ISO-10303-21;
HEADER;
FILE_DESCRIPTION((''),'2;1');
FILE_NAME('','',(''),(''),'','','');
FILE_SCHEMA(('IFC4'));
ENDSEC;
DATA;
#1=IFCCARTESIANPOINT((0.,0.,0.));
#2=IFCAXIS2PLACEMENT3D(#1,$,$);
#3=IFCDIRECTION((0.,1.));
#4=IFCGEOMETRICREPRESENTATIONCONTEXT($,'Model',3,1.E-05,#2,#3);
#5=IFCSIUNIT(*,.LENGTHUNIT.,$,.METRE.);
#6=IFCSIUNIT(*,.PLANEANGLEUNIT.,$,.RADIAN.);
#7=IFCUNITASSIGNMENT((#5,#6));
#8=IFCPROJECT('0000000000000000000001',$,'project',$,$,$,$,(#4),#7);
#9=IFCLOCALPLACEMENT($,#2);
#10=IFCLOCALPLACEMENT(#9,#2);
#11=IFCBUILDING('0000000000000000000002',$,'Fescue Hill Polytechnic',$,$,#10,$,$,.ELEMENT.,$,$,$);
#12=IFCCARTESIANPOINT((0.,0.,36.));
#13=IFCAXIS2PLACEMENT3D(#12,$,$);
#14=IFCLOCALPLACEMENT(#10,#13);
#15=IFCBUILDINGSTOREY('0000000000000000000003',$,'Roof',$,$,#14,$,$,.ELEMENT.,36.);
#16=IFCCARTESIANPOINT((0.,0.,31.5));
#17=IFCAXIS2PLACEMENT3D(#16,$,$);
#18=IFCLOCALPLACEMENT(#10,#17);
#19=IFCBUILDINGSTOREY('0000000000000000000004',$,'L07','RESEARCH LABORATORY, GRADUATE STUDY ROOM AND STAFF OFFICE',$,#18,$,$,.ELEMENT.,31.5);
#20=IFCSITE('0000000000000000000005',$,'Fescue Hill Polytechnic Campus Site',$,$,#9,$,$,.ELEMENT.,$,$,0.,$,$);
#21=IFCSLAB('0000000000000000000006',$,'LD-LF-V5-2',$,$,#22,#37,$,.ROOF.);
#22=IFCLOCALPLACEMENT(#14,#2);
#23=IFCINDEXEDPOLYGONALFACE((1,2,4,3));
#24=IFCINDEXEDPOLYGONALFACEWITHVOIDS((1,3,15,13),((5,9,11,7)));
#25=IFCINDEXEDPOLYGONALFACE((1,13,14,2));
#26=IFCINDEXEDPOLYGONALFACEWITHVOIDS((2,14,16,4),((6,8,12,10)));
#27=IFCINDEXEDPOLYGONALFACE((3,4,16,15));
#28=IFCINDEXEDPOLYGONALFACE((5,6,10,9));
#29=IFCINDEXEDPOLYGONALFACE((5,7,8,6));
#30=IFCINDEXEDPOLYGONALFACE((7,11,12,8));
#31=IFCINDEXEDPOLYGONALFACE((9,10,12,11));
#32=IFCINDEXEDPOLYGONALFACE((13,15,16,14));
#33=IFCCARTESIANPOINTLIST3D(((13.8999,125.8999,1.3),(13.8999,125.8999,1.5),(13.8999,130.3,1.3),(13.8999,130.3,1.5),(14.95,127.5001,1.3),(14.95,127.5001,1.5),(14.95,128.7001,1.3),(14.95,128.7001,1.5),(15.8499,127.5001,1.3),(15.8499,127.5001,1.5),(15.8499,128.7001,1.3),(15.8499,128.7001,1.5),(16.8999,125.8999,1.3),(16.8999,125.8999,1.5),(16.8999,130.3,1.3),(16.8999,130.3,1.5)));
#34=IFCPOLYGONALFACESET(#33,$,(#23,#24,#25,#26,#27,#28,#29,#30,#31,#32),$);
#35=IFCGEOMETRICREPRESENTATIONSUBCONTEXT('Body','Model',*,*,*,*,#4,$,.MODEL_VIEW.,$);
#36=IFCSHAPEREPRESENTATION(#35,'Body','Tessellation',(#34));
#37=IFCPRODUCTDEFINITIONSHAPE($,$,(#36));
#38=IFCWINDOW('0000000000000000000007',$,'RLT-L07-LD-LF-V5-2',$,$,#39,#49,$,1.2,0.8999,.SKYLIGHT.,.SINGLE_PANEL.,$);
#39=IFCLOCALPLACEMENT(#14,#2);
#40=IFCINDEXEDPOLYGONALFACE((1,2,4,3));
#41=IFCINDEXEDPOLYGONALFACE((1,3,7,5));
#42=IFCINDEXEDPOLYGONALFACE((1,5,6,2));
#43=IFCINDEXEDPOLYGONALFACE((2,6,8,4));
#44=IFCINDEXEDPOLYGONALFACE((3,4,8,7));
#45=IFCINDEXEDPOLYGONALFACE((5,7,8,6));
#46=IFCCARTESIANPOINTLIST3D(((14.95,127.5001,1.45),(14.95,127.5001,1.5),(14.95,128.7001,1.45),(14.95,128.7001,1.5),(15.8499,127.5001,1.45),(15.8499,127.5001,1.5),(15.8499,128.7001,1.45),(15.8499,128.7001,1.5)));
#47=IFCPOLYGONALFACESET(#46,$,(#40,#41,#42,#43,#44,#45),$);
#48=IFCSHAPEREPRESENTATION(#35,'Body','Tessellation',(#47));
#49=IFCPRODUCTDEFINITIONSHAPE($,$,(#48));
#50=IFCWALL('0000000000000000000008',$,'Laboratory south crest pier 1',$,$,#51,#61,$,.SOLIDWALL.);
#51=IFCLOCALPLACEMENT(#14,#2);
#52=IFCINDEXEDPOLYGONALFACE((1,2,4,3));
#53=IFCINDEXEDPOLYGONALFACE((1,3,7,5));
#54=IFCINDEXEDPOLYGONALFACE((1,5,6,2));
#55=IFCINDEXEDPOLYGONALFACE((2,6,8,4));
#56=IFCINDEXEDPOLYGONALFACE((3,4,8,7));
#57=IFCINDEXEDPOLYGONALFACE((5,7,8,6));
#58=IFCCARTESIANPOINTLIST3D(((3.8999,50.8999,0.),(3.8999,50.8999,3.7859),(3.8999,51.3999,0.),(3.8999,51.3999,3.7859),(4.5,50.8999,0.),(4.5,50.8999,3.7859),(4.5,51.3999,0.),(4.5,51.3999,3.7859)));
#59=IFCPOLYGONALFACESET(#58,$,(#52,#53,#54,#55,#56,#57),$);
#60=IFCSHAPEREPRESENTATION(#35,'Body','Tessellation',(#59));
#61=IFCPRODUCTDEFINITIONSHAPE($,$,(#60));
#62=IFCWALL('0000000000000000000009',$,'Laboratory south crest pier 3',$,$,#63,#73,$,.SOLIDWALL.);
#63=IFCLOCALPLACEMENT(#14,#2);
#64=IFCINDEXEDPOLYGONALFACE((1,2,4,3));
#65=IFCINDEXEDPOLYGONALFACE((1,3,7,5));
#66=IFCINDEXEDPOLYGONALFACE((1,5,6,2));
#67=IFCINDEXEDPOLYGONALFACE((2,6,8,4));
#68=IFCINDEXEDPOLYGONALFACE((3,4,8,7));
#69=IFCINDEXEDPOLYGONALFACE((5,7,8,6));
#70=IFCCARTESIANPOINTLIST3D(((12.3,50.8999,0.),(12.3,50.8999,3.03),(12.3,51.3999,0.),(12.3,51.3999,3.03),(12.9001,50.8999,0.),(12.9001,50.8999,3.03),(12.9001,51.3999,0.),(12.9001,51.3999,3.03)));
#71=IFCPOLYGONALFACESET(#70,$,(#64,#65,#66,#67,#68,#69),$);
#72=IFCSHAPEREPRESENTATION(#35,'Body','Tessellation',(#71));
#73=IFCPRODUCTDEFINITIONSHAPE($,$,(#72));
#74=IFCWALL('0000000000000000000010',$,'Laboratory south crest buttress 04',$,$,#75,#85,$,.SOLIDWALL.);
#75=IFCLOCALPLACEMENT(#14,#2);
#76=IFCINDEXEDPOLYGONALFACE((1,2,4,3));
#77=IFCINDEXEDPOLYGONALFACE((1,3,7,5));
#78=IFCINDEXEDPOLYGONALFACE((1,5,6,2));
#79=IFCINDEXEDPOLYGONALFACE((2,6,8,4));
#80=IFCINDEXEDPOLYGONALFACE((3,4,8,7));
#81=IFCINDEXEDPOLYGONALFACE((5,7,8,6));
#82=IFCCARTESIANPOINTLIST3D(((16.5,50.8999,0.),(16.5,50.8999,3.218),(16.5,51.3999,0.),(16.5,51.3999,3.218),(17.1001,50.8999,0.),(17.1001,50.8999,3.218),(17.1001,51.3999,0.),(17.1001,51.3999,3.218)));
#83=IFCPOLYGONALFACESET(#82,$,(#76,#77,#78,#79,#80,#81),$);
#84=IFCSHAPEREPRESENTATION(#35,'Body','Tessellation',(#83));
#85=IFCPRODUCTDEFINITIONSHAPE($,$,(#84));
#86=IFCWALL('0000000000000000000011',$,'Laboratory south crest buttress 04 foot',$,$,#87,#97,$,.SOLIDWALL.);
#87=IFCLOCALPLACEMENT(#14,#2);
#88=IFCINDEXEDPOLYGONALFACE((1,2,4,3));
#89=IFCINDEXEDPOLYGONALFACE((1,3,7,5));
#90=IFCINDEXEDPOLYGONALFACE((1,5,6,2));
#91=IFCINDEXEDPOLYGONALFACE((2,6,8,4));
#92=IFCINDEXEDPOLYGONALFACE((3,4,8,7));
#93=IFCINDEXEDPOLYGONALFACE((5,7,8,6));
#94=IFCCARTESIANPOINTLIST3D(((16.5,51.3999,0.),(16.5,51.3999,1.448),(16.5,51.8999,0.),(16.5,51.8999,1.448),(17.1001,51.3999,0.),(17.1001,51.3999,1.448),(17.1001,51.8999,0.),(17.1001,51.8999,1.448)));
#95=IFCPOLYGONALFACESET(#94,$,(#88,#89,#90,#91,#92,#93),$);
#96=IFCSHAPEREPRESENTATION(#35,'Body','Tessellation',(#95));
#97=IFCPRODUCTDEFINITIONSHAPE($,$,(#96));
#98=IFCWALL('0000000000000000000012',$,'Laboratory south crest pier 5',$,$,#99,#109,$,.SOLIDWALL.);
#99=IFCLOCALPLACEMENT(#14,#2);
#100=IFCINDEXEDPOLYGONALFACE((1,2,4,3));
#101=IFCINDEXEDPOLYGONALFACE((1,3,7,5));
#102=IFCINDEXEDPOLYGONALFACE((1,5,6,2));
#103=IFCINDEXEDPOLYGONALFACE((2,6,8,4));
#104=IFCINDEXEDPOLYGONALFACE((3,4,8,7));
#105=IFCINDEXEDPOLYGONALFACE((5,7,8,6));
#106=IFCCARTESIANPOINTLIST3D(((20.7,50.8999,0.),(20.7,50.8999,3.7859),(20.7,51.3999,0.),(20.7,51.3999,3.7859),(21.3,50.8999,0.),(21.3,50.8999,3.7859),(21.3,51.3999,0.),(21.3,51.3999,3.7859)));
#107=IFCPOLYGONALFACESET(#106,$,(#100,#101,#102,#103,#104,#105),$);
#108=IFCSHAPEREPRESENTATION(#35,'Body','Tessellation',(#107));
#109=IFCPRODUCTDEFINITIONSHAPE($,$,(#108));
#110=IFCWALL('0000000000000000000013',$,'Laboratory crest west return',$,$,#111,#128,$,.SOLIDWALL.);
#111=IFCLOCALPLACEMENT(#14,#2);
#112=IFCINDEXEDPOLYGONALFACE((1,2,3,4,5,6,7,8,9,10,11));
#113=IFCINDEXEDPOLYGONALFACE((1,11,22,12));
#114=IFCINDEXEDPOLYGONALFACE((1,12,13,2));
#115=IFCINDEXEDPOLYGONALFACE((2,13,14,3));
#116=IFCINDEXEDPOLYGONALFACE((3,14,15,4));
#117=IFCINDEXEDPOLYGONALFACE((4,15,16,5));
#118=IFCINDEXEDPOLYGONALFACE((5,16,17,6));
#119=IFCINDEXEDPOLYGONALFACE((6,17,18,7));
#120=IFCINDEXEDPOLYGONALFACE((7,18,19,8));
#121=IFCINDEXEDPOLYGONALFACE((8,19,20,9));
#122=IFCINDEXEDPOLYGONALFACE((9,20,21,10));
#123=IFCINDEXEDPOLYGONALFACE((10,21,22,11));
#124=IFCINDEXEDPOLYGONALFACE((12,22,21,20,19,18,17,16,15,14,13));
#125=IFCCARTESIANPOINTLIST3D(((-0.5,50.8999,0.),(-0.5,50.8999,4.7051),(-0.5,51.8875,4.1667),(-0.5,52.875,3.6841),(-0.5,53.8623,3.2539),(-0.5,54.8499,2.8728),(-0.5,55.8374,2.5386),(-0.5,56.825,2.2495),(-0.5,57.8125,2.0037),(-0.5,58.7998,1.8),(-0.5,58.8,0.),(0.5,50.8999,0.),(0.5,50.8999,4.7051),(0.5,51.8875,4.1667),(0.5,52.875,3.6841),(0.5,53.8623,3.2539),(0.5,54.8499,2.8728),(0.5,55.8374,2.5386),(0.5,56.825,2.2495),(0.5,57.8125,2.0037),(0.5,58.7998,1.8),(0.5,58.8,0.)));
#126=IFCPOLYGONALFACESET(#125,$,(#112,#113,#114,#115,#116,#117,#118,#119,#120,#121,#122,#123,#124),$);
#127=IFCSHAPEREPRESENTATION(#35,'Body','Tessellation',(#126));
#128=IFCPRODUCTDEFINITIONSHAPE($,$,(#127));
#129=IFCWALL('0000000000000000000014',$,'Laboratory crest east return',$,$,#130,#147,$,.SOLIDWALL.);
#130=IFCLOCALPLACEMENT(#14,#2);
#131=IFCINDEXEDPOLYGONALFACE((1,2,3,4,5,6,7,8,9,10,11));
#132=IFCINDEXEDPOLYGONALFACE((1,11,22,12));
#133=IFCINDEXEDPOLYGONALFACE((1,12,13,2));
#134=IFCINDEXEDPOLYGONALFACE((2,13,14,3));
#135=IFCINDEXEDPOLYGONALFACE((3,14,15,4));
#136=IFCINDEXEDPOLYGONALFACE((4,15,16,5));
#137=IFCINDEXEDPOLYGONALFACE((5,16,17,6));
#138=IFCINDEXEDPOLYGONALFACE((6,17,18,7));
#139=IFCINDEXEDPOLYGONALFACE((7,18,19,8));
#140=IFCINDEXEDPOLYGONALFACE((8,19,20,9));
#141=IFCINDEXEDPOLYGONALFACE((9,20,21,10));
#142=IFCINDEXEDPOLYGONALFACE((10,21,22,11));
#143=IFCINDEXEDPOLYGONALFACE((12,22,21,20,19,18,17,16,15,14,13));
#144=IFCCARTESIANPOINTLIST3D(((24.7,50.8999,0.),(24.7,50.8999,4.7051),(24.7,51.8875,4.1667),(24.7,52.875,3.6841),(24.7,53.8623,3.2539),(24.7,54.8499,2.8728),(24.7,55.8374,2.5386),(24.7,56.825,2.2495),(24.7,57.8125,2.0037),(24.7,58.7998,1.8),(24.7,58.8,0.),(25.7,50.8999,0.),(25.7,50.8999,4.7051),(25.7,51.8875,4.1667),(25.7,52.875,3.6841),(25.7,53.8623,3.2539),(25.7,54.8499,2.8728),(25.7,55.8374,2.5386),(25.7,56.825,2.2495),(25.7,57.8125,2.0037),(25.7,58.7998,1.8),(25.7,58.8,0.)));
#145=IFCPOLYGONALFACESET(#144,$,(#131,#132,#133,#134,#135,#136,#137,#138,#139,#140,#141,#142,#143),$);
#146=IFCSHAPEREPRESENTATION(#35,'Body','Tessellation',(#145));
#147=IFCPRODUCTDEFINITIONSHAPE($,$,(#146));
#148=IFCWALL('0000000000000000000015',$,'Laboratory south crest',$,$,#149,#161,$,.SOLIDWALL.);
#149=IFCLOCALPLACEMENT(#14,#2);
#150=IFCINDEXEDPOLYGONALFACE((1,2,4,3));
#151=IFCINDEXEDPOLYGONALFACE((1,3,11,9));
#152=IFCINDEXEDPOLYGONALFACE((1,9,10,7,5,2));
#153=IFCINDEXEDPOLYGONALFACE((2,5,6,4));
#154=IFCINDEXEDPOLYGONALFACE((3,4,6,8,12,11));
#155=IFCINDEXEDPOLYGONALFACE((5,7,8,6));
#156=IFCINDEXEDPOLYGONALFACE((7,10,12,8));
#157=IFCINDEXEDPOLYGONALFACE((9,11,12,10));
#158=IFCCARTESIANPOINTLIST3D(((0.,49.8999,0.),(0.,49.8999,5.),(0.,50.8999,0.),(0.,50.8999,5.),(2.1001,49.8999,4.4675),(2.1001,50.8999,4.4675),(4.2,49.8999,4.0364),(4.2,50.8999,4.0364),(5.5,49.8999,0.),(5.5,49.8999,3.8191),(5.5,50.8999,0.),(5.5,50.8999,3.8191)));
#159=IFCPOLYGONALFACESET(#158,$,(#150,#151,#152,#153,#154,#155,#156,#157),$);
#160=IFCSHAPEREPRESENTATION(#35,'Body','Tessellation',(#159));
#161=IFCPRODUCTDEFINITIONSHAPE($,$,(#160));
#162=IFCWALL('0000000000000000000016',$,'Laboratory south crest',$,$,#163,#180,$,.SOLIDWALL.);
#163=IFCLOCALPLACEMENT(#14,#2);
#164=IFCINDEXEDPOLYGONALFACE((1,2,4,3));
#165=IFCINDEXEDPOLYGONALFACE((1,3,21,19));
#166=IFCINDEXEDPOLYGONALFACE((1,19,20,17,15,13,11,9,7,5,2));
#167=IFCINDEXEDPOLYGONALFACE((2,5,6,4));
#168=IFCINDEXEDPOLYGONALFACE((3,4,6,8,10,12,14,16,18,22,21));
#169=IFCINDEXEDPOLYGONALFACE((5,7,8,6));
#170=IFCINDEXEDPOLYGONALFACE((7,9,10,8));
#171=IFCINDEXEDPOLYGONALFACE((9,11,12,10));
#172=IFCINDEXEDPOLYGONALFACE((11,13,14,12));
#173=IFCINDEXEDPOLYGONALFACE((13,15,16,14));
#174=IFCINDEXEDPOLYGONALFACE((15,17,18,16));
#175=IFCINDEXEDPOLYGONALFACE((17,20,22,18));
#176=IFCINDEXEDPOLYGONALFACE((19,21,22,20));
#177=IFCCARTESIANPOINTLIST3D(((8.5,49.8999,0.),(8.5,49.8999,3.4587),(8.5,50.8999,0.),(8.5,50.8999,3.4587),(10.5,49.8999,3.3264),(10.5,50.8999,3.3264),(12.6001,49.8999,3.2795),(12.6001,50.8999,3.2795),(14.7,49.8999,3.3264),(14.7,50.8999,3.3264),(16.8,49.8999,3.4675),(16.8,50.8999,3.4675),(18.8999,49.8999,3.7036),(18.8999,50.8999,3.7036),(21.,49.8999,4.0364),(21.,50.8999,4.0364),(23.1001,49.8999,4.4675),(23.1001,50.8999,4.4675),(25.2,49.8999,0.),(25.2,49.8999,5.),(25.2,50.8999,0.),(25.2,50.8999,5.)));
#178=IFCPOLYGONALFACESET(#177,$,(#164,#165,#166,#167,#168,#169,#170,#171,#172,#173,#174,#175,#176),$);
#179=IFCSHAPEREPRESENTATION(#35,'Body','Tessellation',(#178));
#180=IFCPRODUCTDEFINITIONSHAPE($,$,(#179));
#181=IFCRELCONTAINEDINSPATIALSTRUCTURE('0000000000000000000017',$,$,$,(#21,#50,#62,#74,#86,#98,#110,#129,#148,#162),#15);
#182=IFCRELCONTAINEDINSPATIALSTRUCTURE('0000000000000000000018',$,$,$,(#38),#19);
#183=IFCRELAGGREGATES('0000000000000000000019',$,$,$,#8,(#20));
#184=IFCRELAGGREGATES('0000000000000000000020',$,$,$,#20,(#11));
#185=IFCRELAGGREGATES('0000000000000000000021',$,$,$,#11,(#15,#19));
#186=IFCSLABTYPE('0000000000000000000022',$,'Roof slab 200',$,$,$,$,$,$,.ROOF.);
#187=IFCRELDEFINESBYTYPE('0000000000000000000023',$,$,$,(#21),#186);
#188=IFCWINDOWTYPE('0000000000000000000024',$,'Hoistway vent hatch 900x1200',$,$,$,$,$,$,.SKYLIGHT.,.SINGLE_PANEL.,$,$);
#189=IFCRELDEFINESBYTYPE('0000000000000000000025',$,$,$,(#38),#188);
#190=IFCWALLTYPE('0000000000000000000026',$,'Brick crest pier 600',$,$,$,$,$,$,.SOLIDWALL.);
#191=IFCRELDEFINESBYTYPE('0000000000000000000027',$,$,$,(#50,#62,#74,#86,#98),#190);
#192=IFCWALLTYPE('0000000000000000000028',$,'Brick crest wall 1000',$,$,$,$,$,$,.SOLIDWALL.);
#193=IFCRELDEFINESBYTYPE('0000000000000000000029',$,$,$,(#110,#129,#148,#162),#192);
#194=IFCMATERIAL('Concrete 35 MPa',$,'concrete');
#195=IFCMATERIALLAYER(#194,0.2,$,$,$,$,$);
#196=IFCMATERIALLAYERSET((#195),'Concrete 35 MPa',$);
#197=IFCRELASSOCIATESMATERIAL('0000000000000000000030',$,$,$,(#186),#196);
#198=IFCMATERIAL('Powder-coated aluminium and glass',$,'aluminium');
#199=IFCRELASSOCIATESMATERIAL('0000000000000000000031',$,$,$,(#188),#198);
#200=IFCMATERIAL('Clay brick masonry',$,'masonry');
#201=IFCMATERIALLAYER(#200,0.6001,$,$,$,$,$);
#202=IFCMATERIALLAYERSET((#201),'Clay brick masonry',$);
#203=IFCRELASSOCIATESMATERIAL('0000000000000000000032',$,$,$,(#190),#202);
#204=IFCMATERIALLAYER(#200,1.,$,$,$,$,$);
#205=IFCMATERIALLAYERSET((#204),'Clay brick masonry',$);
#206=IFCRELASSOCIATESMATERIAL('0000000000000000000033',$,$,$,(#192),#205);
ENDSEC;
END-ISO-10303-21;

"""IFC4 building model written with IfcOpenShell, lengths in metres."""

from ifc_helpers import new_model, si_unit, direction, frame, frame_2d, origin, origin_2d, place, context, subcontext, project, spatial, polyline, rectangle, outline, extrude, material, layer, layer_set, type_object, element, fill, save


model = new_model("IFC4")

# Units and contexts
model_context = context("Model", 3, precision=1e-05, world=origin(), true_north=direction((0.0, 1.0)))
body_context = subcontext(model_context, "Body", "Model", "MODEL_VIEW")
ifc_project = project(units=[si_unit("LENGTHUNIT", "METRE"), si_unit("PLANEANGLEUNIT", "RADIAN")], contexts=[model_context])

# Site, building, storey
site_placement = place(None, origin())
site = spatial("IfcSite", under=ifc_project, at=site_placement, Name="Fescue Hill Polytechnic Campus Site", CompositionType="ELEMENT", RefElevation=0.0)
building_placement = place(site_placement, origin())
building = spatial("IfcBuilding", under=site, at=building_placement, Name="Fescue Hill Polytechnic", CompositionType="ELEMENT")
storey_1_placement = place(building_placement, frame((0.0, 0.0, 36.0)))
storey_1 = spatial("IfcBuildingStorey", under=building, at=storey_1_placement, Name="Roof", CompositionType="ELEMENT", Elevation=36.0)

# Shared definitions
ifc_material_1 = material(Name="Concrete 35 MPa", Category="concrete")
ifc_layer_1 = layer(ifc_material_1, 0.2)
ifc_layer_set_1 = layer_set([ifc_layer_1], Name="Concrete 35 MPa")
slab_type = type_object("IfcSlabType", Name="Roof slab 200", PredefinedType="ROOF", material=ifc_layer_set_1)

# Shared definitions
storey_2_placement = place(building_placement, frame((0.0, 0.0, 31.5)))
storey_2 = spatial("IfcBuildingStorey", under=building, at=storey_2_placement, Name="L07", Description="RESEARCH LABORATORY, GRADUATE STUDY ROOM AND STAFF OFFICE", CompositionType="ELEMENT", Elevation=31.5)

# Shared definitions
ifc_material_2 = material(Name="Powder-coated aluminium and glass", Category="aluminium")
window_type = type_object("IfcWindowType", Name="Hoistway vent hatch 900x1200", PartitioningType="SINGLE_PANEL", PredefinedType="SKYLIGHT", material=ifc_material_2)

# Slab, opening, window
slab_1_placement = place(storey_1_placement, frame((0.0, 0.0, 1.3)))
slab_1 = element("IfcSlab", 1, at=slab_1_placement, inside=storey_1, type_object=slab_type, Name="LD-LF-V5-2", PredefinedType="ROOF", context=body_context, shape_type="SweptSolid", body=[
    extrude(outline(polyline([(16.8999, 125.8999), (13.8999, 125.8999), (13.8999, 130.3), (16.8999, 130.3), (16.8999, 125.8999)])), origin(), (0.0, 0.0, 1.0), 0.2),
])
opening_1_placement = place(slab_1_placement, frame((15.3999, 128.1001, 0.0)))
opening_1 = element("IfcOpeningElement", 2, at=opening_1_placement, cuts=slab_1, PredefinedType="OPENING", context=body_context, shape_type="SweptSolid", body=[
    extrude(rectangle(XDim=0.8999, YDim=1.2, at=origin_2d()), frame((0.0, 0.0, -0.01)), (0.0, 0.0, 1.0), 0.22),
])
window_1_placement = place(opening_1_placement, frame((0.0, 0.0, 0.1499)))
window_1 = element("IfcWindow", 3, at=window_1_placement, inside=storey_2, type_object=window_type, Name="RLT-L07-LD-LF-V5-2", OverallHeight=1.2, OverallWidth=0.8999, PartitioningType="SINGLE_PANEL", PredefinedType="SKYLIGHT", context=body_context, shape_type="SweptSolid", body=[
    extrude(rectangle(XDim=0.8999, YDim=1.2, at=origin_2d()), origin(), (0.0, 0.0, 1.0), 0.05),
])
fill(opening_1, window_1)

# Walls
ifc_material_3 = material(Name="Clay brick masonry", Category="masonry")
ifc_layer_2 = layer(ifc_material_3, 0.6001)
ifc_layer_set_2 = layer_set([ifc_layer_2], Name="Clay brick masonry")
wall_type_1 = type_object("IfcWallType", Name="Brick crest pier 600", PredefinedType="SOLIDWALL", material=ifc_layer_set_2)
wall_1_placement = place(storey_1_placement, frame((4.2, 50.8999, 0.0), z_axis=(0.0, 0.0, 1.0), x_axis=(0.0, 1.0, 0.0)))
element("IfcWall", 4, at=wall_1_placement, inside=storey_1, type_object=wall_type_1, Name="Laboratory south crest pier 1", PredefinedType="SOLIDWALL", context=body_context, shape_type="SweptSolid", body=[
    extrude(rectangle(XDim=0.5, YDim=0.6001, at=frame_2d((0.25, 0.0))), origin(), (0.0, 0.0, 1.0), 3.7859),
])
wall_2_placement = place(storey_1_placement, frame((12.6001, 50.8999, 0.0), z_axis=(0.0, 0.0, 1.0), x_axis=(0.0, 1.0, 0.0)))
element("IfcWall", 5, at=wall_2_placement, inside=storey_1, type_object=wall_type_1, Name="Laboratory south crest pier 3", PredefinedType="SOLIDWALL", context=body_context, shape_type="SweptSolid", body=[
    extrude(rectangle(XDim=0.5, YDim=0.6001, at=frame_2d((0.25, 0.0))), origin(), (0.0, 0.0, 1.0), 3.03),
])
wall_3_placement = place(storey_1_placement, frame((16.8, 50.8999, 0.0), z_axis=(0.0, 0.0, 1.0), x_axis=(0.0, 1.0, 0.0)))
element("IfcWall", 6, at=wall_3_placement, inside=storey_1, type_object=wall_type_1, Name="Laboratory south crest buttress 04", PredefinedType="SOLIDWALL", context=body_context, shape_type="SweptSolid", body=[
    extrude(rectangle(XDim=0.5, YDim=0.6001, at=frame_2d((0.25, 0.0))), origin(), (0.0, 0.0, 1.0), 3.218),
])
wall_4_placement = place(storey_1_placement, frame((16.8, 51.3999, 0.0), z_axis=(0.0, 0.0, 1.0), x_axis=(0.0, 1.0, 0.0)))
element("IfcWall", 7, at=wall_4_placement, inside=storey_1, type_object=wall_type_1, Name="Laboratory south crest buttress 04 foot", PredefinedType="SOLIDWALL", context=body_context, shape_type="SweptSolid", body=[
    extrude(rectangle(XDim=0.5, YDim=0.6001, at=frame_2d((0.25, 0.0))), origin(), (0.0, 0.0, 1.0), 1.448),
])
wall_5_placement = place(storey_1_placement, frame((21.0, 50.8999, 0.0), z_axis=(0.0, 0.0, 1.0), x_axis=(0.0, 1.0, 0.0)))
element("IfcWall", 8, at=wall_5_placement, inside=storey_1, type_object=wall_type_1, Name="Laboratory south crest pier 5", PredefinedType="SOLIDWALL", context=body_context, shape_type="SweptSolid", body=[
    extrude(rectangle(XDim=0.5, YDim=0.6001, at=frame_2d((0.25, 0.0))), origin(), (0.0, 0.0, 1.0), 3.7859),
])
ifc_layer_3 = layer(ifc_material_3, 1.0)
ifc_layer_set_3 = layer_set([ifc_layer_3], Name="Clay brick masonry")
wall_type_2 = type_object("IfcWallType", Name="Brick crest wall 1000", PredefinedType="SOLIDWALL", material=ifc_layer_set_3)
for number, where, z_axis, x_axis, name in (
    (9, (0.0, 50.8999, 0.0), (0.0, 0.0, 1.0), (0.0, 1.0, 0.0), "Laboratory crest west return"),
    (10, (25.2, 50.8999, 0.0), (0.0, 0.0, 1.0), (0.0, 1.0, 0.0), "Laboratory crest east return"),
):
    element("IfcWall", number, at=place(storey_1_placement, frame(where, z_axis=z_axis, x_axis=x_axis)), inside=storey_1, type_object=wall_type_2, Name=name, PredefinedType="SOLIDWALL", context=body_context, shape_type="SweptSolid", body=[
        extrude(outline(polyline([(0.0, 0.0), (7.9001, 0.0), (7.8999, 1.8), (6.9126, 2.0037), (5.925, 2.2495), (4.9375, 2.5386), (3.95, 2.8728), (2.9624, 3.2539), (1.9751, 3.6841), (0.9875, 4.1667), (0.0, 4.7051), (0.0, 0.0)])), frame((0.0, 0.5, 0.0), z_axis=(0.0, -1.0, 0.0), x_axis=(1.0, 0.0, 0.0)), (0.0, 0.0, 1.0), 1.0),
    ])
wall_6_placement = place(storey_1_placement, frame((0.0, 50.3999, 0.0), z_axis=(0.0, 0.0, 1.0), x_axis=(1.0, 0.0, 0.0)))
element("IfcWall", 11, at=wall_6_placement, inside=storey_1, type_object=wall_type_2, Name="Laboratory south crest", PredefinedType="SOLIDWALL", context=body_context, shape_type="SweptSolid", body=[
    extrude(outline(polyline([(0.0, 0.0), (5.5, 0.0), (5.5, 3.8191), (4.2, 4.0364), (2.1001, 4.4675), (0.0, 5.0), (0.0, 0.0)])), frame((0.0, 0.5, 0.0), z_axis=(0.0, -1.0, 0.0), x_axis=(1.0, 0.0, 0.0)), (0.0, 0.0, 1.0), 1.0),
])
wall_7_placement = place(storey_1_placement, frame((8.5, 50.3999, 0.0), z_axis=(0.0, 0.0, 1.0), x_axis=(1.0, 0.0, 0.0)))
element("IfcWall", 12, at=wall_7_placement, inside=storey_1, type_object=wall_type_2, Name="Laboratory south crest", PredefinedType="SOLIDWALL", context=body_context, shape_type="SweptSolid", body=[
    extrude(outline(polyline([(0.0, 0.0), (16.7, 0.0), (16.7, 5.0), (14.6001, 4.4675), (12.5, 4.0364), (10.3999, 3.7036), (8.3, 3.4675), (6.2, 3.3264), (4.1001, 3.2795), (2.0, 3.3264), (0.0, 3.4587), (0.0, 0.0)])), frame((0.0, 0.5, 0.0), z_axis=(0.0, -1.0, 0.0), x_axis=(1.0, 0.0, 0.0)), (0.0, 0.0, 1.0), 1.0),
])

save(model, "model.ifc")
